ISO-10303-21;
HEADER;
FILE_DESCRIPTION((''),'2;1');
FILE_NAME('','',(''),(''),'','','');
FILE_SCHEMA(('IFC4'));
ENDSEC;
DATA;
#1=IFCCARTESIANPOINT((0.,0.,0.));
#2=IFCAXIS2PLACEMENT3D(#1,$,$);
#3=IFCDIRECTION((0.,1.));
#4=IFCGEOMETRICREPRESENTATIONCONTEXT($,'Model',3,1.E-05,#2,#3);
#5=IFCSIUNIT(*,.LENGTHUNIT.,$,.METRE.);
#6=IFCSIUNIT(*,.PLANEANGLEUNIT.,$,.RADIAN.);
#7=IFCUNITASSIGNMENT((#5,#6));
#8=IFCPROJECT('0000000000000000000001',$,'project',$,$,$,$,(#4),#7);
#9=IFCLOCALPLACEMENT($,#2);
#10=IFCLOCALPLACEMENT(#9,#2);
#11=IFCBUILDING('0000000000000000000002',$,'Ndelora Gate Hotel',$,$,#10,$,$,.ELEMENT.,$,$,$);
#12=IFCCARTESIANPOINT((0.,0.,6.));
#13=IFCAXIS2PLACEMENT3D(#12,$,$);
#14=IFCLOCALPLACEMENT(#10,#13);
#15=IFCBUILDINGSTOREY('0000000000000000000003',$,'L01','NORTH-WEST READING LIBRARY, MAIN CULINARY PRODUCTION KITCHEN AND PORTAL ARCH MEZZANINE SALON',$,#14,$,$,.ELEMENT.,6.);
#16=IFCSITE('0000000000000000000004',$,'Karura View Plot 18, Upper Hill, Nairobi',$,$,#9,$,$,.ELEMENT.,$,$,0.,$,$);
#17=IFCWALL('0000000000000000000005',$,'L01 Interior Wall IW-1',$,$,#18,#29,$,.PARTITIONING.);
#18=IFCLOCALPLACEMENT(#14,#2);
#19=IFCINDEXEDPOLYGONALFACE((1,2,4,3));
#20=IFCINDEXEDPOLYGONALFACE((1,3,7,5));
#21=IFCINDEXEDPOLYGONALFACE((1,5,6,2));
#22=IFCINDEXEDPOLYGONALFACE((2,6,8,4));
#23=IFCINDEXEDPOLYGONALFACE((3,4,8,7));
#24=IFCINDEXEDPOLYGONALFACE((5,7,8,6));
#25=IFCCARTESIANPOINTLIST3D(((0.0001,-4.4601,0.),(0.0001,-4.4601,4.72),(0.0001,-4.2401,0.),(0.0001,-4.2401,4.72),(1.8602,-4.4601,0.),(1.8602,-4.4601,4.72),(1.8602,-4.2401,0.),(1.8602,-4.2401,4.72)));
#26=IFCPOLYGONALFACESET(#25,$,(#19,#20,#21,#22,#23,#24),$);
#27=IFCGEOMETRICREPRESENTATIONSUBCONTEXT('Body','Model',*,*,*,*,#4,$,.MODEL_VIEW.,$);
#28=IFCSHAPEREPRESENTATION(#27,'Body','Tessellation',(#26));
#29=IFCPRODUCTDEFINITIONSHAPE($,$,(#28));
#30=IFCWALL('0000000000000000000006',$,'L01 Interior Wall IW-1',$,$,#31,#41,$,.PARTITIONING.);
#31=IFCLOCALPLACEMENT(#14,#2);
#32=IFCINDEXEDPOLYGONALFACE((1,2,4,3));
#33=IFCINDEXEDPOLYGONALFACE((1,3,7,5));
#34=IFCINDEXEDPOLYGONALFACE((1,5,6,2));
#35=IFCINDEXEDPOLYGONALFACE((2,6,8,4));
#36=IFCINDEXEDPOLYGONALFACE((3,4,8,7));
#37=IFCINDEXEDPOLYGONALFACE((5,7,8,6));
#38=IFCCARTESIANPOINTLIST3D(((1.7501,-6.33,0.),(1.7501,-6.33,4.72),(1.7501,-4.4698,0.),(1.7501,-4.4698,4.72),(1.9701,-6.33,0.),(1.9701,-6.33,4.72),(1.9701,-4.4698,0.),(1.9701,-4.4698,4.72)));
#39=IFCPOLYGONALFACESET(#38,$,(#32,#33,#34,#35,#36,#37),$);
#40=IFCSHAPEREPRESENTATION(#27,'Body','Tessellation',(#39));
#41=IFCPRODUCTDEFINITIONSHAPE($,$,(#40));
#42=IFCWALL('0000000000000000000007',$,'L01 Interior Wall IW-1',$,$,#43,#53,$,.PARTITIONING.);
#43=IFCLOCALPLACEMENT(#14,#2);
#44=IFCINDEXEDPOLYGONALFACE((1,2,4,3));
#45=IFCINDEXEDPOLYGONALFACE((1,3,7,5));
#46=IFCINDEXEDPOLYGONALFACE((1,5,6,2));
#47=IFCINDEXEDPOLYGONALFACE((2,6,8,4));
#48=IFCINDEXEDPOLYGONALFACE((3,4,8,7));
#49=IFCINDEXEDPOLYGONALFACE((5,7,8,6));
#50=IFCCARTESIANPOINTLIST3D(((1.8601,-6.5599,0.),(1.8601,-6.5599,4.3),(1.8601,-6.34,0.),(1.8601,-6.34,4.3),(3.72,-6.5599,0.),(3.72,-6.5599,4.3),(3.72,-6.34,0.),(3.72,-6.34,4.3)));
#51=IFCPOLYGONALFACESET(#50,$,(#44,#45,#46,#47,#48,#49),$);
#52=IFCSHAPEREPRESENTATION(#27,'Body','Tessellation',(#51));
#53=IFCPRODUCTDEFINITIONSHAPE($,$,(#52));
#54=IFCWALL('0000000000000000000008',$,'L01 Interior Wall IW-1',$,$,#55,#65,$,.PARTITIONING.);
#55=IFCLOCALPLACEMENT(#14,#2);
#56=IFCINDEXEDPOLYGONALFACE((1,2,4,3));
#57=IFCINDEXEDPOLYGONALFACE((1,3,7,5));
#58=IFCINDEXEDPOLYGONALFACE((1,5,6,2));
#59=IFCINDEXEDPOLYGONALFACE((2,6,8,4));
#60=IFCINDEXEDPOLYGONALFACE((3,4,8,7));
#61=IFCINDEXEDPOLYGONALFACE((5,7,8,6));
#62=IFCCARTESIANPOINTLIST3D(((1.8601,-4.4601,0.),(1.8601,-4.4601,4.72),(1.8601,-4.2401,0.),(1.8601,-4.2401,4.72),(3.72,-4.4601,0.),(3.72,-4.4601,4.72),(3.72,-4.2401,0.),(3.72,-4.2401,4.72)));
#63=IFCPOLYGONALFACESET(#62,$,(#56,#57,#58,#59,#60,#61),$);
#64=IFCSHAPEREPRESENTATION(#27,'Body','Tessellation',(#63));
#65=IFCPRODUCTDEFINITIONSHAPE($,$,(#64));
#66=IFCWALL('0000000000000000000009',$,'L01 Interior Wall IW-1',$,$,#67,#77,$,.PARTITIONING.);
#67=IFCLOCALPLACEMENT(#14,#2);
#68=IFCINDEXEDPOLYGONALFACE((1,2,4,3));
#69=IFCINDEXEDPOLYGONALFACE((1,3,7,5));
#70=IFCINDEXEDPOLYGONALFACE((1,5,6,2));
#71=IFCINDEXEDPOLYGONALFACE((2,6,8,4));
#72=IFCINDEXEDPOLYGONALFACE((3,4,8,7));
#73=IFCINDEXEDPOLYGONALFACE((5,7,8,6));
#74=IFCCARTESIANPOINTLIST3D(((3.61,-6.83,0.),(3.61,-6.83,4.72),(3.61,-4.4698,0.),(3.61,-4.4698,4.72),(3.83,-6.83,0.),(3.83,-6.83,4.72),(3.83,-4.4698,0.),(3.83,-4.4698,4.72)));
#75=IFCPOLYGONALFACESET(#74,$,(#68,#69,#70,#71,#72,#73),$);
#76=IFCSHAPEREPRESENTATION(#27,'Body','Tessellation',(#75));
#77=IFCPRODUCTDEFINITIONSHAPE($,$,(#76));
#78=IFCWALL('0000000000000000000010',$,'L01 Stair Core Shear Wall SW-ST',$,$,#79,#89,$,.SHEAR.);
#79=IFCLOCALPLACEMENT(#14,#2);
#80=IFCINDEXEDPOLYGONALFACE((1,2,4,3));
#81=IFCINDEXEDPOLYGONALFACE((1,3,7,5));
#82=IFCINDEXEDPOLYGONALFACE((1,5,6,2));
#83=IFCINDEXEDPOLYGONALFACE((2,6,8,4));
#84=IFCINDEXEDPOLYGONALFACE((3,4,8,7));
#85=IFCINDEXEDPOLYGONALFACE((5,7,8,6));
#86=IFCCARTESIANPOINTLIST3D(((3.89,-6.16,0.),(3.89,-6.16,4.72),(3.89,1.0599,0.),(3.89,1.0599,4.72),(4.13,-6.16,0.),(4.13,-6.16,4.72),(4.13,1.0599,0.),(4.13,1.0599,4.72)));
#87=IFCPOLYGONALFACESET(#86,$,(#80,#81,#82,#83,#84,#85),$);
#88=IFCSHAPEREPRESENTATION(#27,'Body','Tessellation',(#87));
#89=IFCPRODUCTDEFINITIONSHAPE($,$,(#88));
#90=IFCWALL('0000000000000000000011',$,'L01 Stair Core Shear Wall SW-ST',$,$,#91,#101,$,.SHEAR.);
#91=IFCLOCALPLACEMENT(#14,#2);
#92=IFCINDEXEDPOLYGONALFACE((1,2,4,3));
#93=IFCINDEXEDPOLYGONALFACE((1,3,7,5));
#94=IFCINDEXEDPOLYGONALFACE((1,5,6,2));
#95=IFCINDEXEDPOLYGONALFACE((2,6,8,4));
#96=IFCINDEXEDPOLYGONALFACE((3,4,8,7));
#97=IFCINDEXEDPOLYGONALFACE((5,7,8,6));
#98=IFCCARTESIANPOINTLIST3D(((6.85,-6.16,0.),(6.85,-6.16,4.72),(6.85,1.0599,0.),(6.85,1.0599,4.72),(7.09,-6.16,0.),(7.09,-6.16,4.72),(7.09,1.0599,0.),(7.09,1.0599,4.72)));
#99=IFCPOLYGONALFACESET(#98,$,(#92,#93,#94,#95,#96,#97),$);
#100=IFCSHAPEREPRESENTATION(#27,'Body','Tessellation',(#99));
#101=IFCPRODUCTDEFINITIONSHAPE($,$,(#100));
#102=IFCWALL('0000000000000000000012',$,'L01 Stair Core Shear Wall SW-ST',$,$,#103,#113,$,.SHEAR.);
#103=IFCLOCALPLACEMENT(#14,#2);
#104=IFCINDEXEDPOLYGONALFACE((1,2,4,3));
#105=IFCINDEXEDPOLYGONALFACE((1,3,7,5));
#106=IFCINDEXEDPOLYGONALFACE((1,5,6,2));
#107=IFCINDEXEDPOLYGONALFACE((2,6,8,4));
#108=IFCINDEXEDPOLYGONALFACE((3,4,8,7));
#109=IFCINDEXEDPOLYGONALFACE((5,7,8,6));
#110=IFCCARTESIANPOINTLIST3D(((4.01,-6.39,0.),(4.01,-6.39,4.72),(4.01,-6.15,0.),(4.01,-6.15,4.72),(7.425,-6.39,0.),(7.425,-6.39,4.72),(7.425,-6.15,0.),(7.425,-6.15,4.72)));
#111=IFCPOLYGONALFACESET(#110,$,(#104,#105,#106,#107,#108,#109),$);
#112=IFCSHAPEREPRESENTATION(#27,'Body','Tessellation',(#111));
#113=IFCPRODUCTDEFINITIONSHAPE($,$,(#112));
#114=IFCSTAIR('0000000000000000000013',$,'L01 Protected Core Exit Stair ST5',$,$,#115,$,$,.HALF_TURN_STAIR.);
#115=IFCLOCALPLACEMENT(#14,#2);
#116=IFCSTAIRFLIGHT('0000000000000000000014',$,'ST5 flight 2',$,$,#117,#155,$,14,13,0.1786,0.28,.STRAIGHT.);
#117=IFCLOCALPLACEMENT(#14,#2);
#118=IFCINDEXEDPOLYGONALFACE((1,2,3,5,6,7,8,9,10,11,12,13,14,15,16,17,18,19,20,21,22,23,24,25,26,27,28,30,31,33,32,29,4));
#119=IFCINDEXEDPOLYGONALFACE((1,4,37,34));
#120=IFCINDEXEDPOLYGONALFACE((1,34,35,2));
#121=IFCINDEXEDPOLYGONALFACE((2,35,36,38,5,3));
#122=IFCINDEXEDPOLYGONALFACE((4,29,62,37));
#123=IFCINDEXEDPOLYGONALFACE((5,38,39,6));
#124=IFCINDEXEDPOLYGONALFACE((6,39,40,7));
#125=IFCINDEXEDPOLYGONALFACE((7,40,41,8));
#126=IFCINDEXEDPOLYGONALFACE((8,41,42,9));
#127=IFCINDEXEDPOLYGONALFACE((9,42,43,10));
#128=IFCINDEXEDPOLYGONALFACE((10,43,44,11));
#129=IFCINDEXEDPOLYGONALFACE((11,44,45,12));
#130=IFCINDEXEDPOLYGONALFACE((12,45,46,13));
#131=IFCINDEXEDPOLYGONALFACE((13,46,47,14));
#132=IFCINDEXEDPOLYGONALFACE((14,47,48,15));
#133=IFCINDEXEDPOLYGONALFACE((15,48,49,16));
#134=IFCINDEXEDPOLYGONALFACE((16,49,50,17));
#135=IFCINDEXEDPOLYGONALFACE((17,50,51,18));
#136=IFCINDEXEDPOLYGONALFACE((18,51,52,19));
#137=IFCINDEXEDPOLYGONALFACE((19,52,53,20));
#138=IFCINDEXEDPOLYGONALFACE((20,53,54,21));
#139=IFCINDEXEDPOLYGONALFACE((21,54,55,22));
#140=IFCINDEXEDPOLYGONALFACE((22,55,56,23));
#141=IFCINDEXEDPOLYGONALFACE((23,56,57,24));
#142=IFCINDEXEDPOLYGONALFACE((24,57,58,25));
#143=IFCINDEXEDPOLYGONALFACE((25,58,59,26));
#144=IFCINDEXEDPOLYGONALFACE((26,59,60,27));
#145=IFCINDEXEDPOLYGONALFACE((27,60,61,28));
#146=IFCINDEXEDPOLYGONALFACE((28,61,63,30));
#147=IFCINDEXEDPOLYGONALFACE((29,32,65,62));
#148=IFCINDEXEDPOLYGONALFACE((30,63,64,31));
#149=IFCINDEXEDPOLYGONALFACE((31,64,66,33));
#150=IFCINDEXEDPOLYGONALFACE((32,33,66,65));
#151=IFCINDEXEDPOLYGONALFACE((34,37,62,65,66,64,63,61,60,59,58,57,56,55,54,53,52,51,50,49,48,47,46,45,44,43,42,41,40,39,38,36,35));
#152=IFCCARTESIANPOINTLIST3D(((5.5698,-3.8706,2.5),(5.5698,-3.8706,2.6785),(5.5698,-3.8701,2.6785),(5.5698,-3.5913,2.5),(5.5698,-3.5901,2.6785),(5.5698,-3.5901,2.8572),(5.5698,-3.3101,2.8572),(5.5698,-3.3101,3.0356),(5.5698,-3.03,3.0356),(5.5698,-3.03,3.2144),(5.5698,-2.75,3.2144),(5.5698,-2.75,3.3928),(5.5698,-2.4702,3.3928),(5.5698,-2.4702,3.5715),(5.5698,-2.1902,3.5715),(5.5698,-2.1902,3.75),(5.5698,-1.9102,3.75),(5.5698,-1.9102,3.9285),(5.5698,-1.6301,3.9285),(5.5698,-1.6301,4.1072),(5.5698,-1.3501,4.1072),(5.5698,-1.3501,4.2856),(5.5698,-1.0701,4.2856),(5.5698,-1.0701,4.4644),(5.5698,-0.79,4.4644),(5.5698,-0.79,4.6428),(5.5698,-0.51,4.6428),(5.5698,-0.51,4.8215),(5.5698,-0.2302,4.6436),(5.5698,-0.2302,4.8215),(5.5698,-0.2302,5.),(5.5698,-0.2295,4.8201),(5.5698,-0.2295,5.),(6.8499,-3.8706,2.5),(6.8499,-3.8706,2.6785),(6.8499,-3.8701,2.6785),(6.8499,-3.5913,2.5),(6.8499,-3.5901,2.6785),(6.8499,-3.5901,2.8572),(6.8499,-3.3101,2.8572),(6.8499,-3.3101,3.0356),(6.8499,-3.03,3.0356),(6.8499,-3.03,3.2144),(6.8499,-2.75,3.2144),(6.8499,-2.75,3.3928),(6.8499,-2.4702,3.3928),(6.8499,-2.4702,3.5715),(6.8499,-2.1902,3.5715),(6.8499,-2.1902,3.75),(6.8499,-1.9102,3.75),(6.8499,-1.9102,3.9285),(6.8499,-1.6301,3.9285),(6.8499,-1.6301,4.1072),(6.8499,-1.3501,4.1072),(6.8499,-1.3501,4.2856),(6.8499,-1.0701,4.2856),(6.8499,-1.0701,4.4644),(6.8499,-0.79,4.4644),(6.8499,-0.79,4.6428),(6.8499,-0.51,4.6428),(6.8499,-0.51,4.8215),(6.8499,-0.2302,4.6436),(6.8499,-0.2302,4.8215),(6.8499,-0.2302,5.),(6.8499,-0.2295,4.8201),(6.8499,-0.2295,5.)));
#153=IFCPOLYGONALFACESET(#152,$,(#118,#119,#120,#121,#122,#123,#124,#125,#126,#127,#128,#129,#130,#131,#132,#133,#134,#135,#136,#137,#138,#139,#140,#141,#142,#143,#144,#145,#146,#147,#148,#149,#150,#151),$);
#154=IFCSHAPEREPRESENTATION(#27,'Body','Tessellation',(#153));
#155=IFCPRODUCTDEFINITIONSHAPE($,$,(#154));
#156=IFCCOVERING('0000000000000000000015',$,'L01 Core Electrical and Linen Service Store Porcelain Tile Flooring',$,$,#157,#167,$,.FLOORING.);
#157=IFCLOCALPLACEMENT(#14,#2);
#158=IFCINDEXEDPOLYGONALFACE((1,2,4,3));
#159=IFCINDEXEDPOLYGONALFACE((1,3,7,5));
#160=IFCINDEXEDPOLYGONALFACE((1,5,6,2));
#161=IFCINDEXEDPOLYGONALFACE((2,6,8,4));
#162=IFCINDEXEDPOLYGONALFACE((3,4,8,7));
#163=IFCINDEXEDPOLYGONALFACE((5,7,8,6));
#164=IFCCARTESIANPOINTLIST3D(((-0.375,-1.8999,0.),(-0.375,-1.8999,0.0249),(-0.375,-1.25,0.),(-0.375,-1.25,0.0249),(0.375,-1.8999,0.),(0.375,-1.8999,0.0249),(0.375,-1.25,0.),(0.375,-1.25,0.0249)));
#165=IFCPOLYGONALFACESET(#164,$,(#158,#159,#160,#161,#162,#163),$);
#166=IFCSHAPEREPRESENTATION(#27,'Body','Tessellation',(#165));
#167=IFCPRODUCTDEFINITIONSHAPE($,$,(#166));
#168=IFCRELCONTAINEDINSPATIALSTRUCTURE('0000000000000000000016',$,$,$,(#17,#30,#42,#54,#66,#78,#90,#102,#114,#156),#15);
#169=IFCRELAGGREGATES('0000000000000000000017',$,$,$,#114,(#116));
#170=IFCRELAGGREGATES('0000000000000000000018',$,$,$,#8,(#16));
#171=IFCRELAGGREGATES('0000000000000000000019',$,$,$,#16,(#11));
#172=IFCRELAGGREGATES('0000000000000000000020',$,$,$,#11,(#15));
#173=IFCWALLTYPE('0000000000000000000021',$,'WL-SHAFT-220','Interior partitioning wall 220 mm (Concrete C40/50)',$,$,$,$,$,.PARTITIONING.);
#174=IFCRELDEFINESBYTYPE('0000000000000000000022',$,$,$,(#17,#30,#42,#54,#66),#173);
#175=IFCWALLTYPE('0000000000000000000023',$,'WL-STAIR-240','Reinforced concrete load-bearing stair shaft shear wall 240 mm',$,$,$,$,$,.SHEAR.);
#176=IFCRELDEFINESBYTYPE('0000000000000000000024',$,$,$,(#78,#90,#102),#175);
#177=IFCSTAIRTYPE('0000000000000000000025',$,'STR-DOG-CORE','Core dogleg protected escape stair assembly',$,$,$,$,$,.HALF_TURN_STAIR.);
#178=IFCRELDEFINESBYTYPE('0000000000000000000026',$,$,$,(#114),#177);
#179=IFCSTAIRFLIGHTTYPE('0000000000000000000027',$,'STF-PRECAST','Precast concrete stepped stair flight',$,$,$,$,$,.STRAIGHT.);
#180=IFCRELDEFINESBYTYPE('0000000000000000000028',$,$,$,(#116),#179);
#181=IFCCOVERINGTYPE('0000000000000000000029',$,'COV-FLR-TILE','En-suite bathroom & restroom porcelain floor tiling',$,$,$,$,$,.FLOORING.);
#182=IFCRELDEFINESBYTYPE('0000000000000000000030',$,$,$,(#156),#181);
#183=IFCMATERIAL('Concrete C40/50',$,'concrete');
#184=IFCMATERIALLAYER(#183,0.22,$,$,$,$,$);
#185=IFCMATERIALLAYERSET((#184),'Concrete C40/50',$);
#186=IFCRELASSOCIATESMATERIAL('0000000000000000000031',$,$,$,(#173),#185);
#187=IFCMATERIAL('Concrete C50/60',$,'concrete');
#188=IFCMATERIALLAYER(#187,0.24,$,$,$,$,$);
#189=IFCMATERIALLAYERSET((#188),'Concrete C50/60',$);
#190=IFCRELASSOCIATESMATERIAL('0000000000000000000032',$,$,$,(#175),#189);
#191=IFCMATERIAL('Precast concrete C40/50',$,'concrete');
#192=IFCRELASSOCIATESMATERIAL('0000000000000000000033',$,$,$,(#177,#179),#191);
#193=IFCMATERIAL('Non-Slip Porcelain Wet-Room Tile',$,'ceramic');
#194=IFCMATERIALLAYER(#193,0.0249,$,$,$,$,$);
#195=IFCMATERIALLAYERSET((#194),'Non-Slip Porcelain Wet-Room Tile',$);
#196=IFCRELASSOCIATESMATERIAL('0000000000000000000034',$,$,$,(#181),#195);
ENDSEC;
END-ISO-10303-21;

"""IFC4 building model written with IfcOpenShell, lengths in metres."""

from ifc_helpers import new_model, si_unit, direction, frame, frame_2d, origin, origin_2d, place, context, subcontext, project, spatial, polyline, rectangle, outline, extrude, material, layer, layer_set, type_object, element, aggregate, save


model = new_model("IFC4")

# Units and contexts
model_context = context("Model", 3, precision=1e-05, world=origin(), true_north=direction((0.0, 1.0)))
body_context = subcontext(model_context, "Body", "Model", "MODEL_VIEW")
ifc_project = project(units=[si_unit("LENGTHUNIT", "METRE"), si_unit("PLANEANGLEUNIT", "RADIAN")], contexts=[model_context])

# Site, building, storey
site_placement = place(None, origin())
site = spatial("IfcSite", under=ifc_project, at=site_placement, Name="Karura View Plot 18, Upper Hill, Nairobi", CompositionType="ELEMENT", RefElevation=0.0)
building_placement = place(site_placement, origin())
building = spatial("IfcBuilding", under=site, at=building_placement, Name="Ndelora Gate Hotel", CompositionType="ELEMENT")
storey_placement = place(building_placement, frame((0.0, 0.0, 6.0)))
storey = spatial("IfcBuildingStorey", under=building, at=storey_placement, Name="L01", Description="NORTH-WEST READING LIBRARY, MAIN CULINARY PRODUCTION KITCHEN AND PORTAL ARCH MEZZANINE SALON", CompositionType="ELEMENT", Elevation=6.0)

# Walls
ifc_material_1 = material(Name="Concrete C40/50", Category="concrete")
ifc_layer_1 = layer(ifc_material_1, 0.22)
ifc_layer_set_1 = layer_set([ifc_layer_1], Name="Concrete C40/50")
wall_type_1 = type_object("IfcWallType", Name="WL-SHAFT-220", Description="Interior partitioning wall 220 mm (Concrete C40/50)", PredefinedType="PARTITIONING", material=ifc_layer_set_1)
for number, where, z_axis, x_axis, name in (
    (1, (0.0, -4.3501, 0.0), (0.0, 0.0, 1.0), (1.0, 0.0, 0.0), "L01 Interior Wall IW-1"),
    (2, (1.8601, -6.3301, 0.0), (0.0, 0.0, 1.0), (0.0, 1.0, 0.0), "L01 Interior Wall IW-1"),
):
    element("IfcWall", number, at=place(storey_placement, frame(where, z_axis=z_axis, x_axis=x_axis)), inside=storey, type_object=wall_type_1, Name=name, PredefinedType="PARTITIONING", context=body_context, shape_type="SweptSolid", body=[
        extrude(rectangle(XDim=1.8601, YDim=0.22, at=frame_2d((0.9302, 0.0))), origin(), (0.0, 0.0, 1.0), 4.72),
    ])
wall_1_placement = place(storey_placement, frame((1.8601, -6.45, 0.0), z_axis=(0.0, 0.0, 1.0), x_axis=(1.0, 0.0, 0.0)))
element("IfcWall", 3, at=wall_1_placement, inside=storey, type_object=wall_type_1, Name="L01 Interior Wall IW-1", PredefinedType="PARTITIONING", context=body_context, shape_type="SweptSolid", body=[
    extrude(rectangle(XDim=1.8599, YDim=0.22, at=frame_2d((0.9299, 0.0))), origin(), (0.0, 0.0, 1.0), 4.3),
])
wall_2_placement = place(storey_placement, frame((1.8601, -4.3501, 0.0), z_axis=(0.0, 0.0, 1.0), x_axis=(1.0, 0.0, 0.0)))
element("IfcWall", 4, at=wall_2_placement, inside=storey, type_object=wall_type_1, Name="L01 Interior Wall IW-1", PredefinedType="PARTITIONING", context=body_context, shape_type="SweptSolid", body=[
    extrude(rectangle(XDim=1.8599, YDim=0.22, at=frame_2d((0.9299, 0.0))), origin(), (0.0, 0.0, 1.0), 4.72),
])
wall_3_placement = place(storey_placement, frame((3.72, -6.8301, 0.0), z_axis=(0.0, 0.0, 1.0), x_axis=(0.0, 1.0, 0.0)))
element("IfcWall", 5, at=wall_3_placement, inside=storey, type_object=wall_type_1, Name="L01 Interior Wall IW-1", PredefinedType="PARTITIONING", context=body_context, shape_type="SweptSolid", body=[
    extrude(rectangle(XDim=2.3601, YDim=0.22, at=frame_2d((1.1802, 0.0))), origin(), (0.0, 0.0, 1.0), 4.72),
])
ifc_material_2 = material(Name="Concrete C50/60", Category="concrete")
ifc_layer_2 = layer(ifc_material_2, 0.24)
ifc_layer_set_2 = layer_set([ifc_layer_2], Name="Concrete C50/60")
wall_type_2 = type_object("IfcWallType", Name="WL-STAIR-240", Description="Reinforced concrete load-bearing stair shaft shear wall 240 mm", PredefinedType="SHEAR", material=ifc_layer_set_2)
for number, where, z_axis, x_axis, name in (
    (6, (4.01, -6.1599, 0.0), (0.0, 0.0, 1.0), (0.0, 1.0, 0.0), "L01 Stair Core Shear Wall SW-ST"),
    (7, (6.97, -6.1599, 0.0), (0.0, 0.0, 1.0), (0.0, 1.0, 0.0), "L01 Stair Core Shear Wall SW-ST"),
):
    element("IfcWall", number, at=place(storey_placement, frame(where, z_axis=z_axis, x_axis=x_axis)), inside=storey, type_object=wall_type_2, Name=name, PredefinedType="SHEAR", context=body_context, shape_type="SweptSolid", body=[
        extrude(rectangle(XDim=7.22, YDim=0.24, at=frame_2d((3.6099, 0.0))), origin(), (0.0, 0.0, 1.0), 4.72),
    ])
wall_4_placement = place(storey_placement, frame((4.01, -6.27, 0.0), z_axis=(0.0, 0.0, 1.0), x_axis=(1.0, 0.0, 0.0)))
element("IfcWall", 8, at=wall_4_placement, inside=storey, type_object=wall_type_2, Name="L01 Stair Core Shear Wall SW-ST", PredefinedType="SHEAR", context=body_context, shape_type="SweptSolid", body=[
    extrude(rectangle(XDim=3.415, YDim=0.24, at=frame_2d((1.7075, 0.0))), origin(), (0.0, 0.0, 1.0), 4.72),
])

# Stair, stair flight
ifc_material_3 = material(Name="Precast concrete C40/50", Category="concrete")
stair_type = type_object("IfcStairType", Name="STR-DOG-CORE", Description="Core dogleg protected escape stair assembly", PredefinedType="HALF_TURN_STAIR", material=ifc_material_3)
stair_placement = place(storey_placement, origin())
stair = element("IfcStair", 9, at=stair_placement, inside=storey, type_object=stair_type, Name="L01 Protected Core Exit Stair ST5", PredefinedType="HALF_TURN_STAIR")
stair_flight_type = type_object("IfcStairFlightType", Name="STF-PRECAST", Description="Precast concrete stepped stair flight", PredefinedType="STRAIGHT", material=ifc_material_3)
stair_flight_placement = place(storey_placement, frame((6.21, -3.8701, 2.5), z_axis=(0.0, 0.0, 1.0), x_axis=(0.0, 1.0, 0.0)))
stair_flight = element("IfcStairFlight", 10, at=stair_flight_placement, type_object=stair_flight_type, Name="ST5 flight 2", NumberOfRisers=14, NumberOfTreads=13, PredefinedType="STRAIGHT", RiserHeight=0.1786, TreadLength=0.28, context=body_context, shape_type="SweptSolid", body=[
    extrude(outline(polyline([(-0.0005, 0.0), (-0.0005, 0.1785), (0.0, 0.1785), (0.28, 0.1785), (0.28, 0.3572), (0.5601, 0.3572), (0.5601, 0.5356), (0.8401, 0.5356), (0.8401, 0.7144), (1.1201, 0.7144), (1.1201, 0.8928), (1.3999, 0.8928), (1.3999, 1.0715), (1.6799, 1.0715), (1.6799, 1.25), (1.96, 1.25), (1.96, 1.4285), (2.24, 1.4285), (2.24, 1.6072), (2.52, 1.6072), (2.52, 1.7856), (2.8, 1.7856), (2.8, 1.9644), (3.0801, 1.9644), (3.0801, 2.1428), (3.3601, 2.1428), (3.3601, 2.3215), (3.6399, 2.3215), (3.6399, 2.5), (3.6406, 2.5), (3.6406, 2.3201), (3.6399, 2.1436), (0.2788, 0.0), (-0.0005, 0.0)])), frame((0.0, 0.6401, 0.0), z_axis=(0.0, -1.0, 0.0), x_axis=(1.0, 0.0, 0.0)), (0.0, 0.0, 1.0), 1.28),
])
aggregate(stair, [stair_flight])

# Covering
ifc_material_4 = material(Name="Non-Slip Porcelain Wet-Room Tile", Category="ceramic")
ifc_layer_3 = layer(ifc_material_4, 0.0249)
ifc_layer_set_3 = layer_set([ifc_layer_3], Name="Non-Slip Porcelain Wet-Room Tile")
covering_type = type_object("IfcCoveringType", Name="COV-FLR-TILE", Description="En-suite bathroom & restroom porcelain floor tiling", PredefinedType="FLOORING", material=ifc_layer_set_3)
covering_placement = place(storey_placement, frame((0.0, -1.575, 0.0), z_axis=(0.0, 0.0, 1.0), x_axis=(1.0, 0.0, 0.0)))
element("IfcCovering", 11, at=covering_placement, inside=storey, type_object=covering_type, Name="L01 Core Electrical and Linen Service Store Porcelain Tile Flooring", PredefinedType="FLOORING", context=body_context, shape_type="SweptSolid", body=[
    extrude(rectangle(XDim=0.75, YDim=0.6499, at=origin_2d()), origin(), (0.0, 0.0, 1.0), 0.0249),
])

save(model, "model.ifc")
